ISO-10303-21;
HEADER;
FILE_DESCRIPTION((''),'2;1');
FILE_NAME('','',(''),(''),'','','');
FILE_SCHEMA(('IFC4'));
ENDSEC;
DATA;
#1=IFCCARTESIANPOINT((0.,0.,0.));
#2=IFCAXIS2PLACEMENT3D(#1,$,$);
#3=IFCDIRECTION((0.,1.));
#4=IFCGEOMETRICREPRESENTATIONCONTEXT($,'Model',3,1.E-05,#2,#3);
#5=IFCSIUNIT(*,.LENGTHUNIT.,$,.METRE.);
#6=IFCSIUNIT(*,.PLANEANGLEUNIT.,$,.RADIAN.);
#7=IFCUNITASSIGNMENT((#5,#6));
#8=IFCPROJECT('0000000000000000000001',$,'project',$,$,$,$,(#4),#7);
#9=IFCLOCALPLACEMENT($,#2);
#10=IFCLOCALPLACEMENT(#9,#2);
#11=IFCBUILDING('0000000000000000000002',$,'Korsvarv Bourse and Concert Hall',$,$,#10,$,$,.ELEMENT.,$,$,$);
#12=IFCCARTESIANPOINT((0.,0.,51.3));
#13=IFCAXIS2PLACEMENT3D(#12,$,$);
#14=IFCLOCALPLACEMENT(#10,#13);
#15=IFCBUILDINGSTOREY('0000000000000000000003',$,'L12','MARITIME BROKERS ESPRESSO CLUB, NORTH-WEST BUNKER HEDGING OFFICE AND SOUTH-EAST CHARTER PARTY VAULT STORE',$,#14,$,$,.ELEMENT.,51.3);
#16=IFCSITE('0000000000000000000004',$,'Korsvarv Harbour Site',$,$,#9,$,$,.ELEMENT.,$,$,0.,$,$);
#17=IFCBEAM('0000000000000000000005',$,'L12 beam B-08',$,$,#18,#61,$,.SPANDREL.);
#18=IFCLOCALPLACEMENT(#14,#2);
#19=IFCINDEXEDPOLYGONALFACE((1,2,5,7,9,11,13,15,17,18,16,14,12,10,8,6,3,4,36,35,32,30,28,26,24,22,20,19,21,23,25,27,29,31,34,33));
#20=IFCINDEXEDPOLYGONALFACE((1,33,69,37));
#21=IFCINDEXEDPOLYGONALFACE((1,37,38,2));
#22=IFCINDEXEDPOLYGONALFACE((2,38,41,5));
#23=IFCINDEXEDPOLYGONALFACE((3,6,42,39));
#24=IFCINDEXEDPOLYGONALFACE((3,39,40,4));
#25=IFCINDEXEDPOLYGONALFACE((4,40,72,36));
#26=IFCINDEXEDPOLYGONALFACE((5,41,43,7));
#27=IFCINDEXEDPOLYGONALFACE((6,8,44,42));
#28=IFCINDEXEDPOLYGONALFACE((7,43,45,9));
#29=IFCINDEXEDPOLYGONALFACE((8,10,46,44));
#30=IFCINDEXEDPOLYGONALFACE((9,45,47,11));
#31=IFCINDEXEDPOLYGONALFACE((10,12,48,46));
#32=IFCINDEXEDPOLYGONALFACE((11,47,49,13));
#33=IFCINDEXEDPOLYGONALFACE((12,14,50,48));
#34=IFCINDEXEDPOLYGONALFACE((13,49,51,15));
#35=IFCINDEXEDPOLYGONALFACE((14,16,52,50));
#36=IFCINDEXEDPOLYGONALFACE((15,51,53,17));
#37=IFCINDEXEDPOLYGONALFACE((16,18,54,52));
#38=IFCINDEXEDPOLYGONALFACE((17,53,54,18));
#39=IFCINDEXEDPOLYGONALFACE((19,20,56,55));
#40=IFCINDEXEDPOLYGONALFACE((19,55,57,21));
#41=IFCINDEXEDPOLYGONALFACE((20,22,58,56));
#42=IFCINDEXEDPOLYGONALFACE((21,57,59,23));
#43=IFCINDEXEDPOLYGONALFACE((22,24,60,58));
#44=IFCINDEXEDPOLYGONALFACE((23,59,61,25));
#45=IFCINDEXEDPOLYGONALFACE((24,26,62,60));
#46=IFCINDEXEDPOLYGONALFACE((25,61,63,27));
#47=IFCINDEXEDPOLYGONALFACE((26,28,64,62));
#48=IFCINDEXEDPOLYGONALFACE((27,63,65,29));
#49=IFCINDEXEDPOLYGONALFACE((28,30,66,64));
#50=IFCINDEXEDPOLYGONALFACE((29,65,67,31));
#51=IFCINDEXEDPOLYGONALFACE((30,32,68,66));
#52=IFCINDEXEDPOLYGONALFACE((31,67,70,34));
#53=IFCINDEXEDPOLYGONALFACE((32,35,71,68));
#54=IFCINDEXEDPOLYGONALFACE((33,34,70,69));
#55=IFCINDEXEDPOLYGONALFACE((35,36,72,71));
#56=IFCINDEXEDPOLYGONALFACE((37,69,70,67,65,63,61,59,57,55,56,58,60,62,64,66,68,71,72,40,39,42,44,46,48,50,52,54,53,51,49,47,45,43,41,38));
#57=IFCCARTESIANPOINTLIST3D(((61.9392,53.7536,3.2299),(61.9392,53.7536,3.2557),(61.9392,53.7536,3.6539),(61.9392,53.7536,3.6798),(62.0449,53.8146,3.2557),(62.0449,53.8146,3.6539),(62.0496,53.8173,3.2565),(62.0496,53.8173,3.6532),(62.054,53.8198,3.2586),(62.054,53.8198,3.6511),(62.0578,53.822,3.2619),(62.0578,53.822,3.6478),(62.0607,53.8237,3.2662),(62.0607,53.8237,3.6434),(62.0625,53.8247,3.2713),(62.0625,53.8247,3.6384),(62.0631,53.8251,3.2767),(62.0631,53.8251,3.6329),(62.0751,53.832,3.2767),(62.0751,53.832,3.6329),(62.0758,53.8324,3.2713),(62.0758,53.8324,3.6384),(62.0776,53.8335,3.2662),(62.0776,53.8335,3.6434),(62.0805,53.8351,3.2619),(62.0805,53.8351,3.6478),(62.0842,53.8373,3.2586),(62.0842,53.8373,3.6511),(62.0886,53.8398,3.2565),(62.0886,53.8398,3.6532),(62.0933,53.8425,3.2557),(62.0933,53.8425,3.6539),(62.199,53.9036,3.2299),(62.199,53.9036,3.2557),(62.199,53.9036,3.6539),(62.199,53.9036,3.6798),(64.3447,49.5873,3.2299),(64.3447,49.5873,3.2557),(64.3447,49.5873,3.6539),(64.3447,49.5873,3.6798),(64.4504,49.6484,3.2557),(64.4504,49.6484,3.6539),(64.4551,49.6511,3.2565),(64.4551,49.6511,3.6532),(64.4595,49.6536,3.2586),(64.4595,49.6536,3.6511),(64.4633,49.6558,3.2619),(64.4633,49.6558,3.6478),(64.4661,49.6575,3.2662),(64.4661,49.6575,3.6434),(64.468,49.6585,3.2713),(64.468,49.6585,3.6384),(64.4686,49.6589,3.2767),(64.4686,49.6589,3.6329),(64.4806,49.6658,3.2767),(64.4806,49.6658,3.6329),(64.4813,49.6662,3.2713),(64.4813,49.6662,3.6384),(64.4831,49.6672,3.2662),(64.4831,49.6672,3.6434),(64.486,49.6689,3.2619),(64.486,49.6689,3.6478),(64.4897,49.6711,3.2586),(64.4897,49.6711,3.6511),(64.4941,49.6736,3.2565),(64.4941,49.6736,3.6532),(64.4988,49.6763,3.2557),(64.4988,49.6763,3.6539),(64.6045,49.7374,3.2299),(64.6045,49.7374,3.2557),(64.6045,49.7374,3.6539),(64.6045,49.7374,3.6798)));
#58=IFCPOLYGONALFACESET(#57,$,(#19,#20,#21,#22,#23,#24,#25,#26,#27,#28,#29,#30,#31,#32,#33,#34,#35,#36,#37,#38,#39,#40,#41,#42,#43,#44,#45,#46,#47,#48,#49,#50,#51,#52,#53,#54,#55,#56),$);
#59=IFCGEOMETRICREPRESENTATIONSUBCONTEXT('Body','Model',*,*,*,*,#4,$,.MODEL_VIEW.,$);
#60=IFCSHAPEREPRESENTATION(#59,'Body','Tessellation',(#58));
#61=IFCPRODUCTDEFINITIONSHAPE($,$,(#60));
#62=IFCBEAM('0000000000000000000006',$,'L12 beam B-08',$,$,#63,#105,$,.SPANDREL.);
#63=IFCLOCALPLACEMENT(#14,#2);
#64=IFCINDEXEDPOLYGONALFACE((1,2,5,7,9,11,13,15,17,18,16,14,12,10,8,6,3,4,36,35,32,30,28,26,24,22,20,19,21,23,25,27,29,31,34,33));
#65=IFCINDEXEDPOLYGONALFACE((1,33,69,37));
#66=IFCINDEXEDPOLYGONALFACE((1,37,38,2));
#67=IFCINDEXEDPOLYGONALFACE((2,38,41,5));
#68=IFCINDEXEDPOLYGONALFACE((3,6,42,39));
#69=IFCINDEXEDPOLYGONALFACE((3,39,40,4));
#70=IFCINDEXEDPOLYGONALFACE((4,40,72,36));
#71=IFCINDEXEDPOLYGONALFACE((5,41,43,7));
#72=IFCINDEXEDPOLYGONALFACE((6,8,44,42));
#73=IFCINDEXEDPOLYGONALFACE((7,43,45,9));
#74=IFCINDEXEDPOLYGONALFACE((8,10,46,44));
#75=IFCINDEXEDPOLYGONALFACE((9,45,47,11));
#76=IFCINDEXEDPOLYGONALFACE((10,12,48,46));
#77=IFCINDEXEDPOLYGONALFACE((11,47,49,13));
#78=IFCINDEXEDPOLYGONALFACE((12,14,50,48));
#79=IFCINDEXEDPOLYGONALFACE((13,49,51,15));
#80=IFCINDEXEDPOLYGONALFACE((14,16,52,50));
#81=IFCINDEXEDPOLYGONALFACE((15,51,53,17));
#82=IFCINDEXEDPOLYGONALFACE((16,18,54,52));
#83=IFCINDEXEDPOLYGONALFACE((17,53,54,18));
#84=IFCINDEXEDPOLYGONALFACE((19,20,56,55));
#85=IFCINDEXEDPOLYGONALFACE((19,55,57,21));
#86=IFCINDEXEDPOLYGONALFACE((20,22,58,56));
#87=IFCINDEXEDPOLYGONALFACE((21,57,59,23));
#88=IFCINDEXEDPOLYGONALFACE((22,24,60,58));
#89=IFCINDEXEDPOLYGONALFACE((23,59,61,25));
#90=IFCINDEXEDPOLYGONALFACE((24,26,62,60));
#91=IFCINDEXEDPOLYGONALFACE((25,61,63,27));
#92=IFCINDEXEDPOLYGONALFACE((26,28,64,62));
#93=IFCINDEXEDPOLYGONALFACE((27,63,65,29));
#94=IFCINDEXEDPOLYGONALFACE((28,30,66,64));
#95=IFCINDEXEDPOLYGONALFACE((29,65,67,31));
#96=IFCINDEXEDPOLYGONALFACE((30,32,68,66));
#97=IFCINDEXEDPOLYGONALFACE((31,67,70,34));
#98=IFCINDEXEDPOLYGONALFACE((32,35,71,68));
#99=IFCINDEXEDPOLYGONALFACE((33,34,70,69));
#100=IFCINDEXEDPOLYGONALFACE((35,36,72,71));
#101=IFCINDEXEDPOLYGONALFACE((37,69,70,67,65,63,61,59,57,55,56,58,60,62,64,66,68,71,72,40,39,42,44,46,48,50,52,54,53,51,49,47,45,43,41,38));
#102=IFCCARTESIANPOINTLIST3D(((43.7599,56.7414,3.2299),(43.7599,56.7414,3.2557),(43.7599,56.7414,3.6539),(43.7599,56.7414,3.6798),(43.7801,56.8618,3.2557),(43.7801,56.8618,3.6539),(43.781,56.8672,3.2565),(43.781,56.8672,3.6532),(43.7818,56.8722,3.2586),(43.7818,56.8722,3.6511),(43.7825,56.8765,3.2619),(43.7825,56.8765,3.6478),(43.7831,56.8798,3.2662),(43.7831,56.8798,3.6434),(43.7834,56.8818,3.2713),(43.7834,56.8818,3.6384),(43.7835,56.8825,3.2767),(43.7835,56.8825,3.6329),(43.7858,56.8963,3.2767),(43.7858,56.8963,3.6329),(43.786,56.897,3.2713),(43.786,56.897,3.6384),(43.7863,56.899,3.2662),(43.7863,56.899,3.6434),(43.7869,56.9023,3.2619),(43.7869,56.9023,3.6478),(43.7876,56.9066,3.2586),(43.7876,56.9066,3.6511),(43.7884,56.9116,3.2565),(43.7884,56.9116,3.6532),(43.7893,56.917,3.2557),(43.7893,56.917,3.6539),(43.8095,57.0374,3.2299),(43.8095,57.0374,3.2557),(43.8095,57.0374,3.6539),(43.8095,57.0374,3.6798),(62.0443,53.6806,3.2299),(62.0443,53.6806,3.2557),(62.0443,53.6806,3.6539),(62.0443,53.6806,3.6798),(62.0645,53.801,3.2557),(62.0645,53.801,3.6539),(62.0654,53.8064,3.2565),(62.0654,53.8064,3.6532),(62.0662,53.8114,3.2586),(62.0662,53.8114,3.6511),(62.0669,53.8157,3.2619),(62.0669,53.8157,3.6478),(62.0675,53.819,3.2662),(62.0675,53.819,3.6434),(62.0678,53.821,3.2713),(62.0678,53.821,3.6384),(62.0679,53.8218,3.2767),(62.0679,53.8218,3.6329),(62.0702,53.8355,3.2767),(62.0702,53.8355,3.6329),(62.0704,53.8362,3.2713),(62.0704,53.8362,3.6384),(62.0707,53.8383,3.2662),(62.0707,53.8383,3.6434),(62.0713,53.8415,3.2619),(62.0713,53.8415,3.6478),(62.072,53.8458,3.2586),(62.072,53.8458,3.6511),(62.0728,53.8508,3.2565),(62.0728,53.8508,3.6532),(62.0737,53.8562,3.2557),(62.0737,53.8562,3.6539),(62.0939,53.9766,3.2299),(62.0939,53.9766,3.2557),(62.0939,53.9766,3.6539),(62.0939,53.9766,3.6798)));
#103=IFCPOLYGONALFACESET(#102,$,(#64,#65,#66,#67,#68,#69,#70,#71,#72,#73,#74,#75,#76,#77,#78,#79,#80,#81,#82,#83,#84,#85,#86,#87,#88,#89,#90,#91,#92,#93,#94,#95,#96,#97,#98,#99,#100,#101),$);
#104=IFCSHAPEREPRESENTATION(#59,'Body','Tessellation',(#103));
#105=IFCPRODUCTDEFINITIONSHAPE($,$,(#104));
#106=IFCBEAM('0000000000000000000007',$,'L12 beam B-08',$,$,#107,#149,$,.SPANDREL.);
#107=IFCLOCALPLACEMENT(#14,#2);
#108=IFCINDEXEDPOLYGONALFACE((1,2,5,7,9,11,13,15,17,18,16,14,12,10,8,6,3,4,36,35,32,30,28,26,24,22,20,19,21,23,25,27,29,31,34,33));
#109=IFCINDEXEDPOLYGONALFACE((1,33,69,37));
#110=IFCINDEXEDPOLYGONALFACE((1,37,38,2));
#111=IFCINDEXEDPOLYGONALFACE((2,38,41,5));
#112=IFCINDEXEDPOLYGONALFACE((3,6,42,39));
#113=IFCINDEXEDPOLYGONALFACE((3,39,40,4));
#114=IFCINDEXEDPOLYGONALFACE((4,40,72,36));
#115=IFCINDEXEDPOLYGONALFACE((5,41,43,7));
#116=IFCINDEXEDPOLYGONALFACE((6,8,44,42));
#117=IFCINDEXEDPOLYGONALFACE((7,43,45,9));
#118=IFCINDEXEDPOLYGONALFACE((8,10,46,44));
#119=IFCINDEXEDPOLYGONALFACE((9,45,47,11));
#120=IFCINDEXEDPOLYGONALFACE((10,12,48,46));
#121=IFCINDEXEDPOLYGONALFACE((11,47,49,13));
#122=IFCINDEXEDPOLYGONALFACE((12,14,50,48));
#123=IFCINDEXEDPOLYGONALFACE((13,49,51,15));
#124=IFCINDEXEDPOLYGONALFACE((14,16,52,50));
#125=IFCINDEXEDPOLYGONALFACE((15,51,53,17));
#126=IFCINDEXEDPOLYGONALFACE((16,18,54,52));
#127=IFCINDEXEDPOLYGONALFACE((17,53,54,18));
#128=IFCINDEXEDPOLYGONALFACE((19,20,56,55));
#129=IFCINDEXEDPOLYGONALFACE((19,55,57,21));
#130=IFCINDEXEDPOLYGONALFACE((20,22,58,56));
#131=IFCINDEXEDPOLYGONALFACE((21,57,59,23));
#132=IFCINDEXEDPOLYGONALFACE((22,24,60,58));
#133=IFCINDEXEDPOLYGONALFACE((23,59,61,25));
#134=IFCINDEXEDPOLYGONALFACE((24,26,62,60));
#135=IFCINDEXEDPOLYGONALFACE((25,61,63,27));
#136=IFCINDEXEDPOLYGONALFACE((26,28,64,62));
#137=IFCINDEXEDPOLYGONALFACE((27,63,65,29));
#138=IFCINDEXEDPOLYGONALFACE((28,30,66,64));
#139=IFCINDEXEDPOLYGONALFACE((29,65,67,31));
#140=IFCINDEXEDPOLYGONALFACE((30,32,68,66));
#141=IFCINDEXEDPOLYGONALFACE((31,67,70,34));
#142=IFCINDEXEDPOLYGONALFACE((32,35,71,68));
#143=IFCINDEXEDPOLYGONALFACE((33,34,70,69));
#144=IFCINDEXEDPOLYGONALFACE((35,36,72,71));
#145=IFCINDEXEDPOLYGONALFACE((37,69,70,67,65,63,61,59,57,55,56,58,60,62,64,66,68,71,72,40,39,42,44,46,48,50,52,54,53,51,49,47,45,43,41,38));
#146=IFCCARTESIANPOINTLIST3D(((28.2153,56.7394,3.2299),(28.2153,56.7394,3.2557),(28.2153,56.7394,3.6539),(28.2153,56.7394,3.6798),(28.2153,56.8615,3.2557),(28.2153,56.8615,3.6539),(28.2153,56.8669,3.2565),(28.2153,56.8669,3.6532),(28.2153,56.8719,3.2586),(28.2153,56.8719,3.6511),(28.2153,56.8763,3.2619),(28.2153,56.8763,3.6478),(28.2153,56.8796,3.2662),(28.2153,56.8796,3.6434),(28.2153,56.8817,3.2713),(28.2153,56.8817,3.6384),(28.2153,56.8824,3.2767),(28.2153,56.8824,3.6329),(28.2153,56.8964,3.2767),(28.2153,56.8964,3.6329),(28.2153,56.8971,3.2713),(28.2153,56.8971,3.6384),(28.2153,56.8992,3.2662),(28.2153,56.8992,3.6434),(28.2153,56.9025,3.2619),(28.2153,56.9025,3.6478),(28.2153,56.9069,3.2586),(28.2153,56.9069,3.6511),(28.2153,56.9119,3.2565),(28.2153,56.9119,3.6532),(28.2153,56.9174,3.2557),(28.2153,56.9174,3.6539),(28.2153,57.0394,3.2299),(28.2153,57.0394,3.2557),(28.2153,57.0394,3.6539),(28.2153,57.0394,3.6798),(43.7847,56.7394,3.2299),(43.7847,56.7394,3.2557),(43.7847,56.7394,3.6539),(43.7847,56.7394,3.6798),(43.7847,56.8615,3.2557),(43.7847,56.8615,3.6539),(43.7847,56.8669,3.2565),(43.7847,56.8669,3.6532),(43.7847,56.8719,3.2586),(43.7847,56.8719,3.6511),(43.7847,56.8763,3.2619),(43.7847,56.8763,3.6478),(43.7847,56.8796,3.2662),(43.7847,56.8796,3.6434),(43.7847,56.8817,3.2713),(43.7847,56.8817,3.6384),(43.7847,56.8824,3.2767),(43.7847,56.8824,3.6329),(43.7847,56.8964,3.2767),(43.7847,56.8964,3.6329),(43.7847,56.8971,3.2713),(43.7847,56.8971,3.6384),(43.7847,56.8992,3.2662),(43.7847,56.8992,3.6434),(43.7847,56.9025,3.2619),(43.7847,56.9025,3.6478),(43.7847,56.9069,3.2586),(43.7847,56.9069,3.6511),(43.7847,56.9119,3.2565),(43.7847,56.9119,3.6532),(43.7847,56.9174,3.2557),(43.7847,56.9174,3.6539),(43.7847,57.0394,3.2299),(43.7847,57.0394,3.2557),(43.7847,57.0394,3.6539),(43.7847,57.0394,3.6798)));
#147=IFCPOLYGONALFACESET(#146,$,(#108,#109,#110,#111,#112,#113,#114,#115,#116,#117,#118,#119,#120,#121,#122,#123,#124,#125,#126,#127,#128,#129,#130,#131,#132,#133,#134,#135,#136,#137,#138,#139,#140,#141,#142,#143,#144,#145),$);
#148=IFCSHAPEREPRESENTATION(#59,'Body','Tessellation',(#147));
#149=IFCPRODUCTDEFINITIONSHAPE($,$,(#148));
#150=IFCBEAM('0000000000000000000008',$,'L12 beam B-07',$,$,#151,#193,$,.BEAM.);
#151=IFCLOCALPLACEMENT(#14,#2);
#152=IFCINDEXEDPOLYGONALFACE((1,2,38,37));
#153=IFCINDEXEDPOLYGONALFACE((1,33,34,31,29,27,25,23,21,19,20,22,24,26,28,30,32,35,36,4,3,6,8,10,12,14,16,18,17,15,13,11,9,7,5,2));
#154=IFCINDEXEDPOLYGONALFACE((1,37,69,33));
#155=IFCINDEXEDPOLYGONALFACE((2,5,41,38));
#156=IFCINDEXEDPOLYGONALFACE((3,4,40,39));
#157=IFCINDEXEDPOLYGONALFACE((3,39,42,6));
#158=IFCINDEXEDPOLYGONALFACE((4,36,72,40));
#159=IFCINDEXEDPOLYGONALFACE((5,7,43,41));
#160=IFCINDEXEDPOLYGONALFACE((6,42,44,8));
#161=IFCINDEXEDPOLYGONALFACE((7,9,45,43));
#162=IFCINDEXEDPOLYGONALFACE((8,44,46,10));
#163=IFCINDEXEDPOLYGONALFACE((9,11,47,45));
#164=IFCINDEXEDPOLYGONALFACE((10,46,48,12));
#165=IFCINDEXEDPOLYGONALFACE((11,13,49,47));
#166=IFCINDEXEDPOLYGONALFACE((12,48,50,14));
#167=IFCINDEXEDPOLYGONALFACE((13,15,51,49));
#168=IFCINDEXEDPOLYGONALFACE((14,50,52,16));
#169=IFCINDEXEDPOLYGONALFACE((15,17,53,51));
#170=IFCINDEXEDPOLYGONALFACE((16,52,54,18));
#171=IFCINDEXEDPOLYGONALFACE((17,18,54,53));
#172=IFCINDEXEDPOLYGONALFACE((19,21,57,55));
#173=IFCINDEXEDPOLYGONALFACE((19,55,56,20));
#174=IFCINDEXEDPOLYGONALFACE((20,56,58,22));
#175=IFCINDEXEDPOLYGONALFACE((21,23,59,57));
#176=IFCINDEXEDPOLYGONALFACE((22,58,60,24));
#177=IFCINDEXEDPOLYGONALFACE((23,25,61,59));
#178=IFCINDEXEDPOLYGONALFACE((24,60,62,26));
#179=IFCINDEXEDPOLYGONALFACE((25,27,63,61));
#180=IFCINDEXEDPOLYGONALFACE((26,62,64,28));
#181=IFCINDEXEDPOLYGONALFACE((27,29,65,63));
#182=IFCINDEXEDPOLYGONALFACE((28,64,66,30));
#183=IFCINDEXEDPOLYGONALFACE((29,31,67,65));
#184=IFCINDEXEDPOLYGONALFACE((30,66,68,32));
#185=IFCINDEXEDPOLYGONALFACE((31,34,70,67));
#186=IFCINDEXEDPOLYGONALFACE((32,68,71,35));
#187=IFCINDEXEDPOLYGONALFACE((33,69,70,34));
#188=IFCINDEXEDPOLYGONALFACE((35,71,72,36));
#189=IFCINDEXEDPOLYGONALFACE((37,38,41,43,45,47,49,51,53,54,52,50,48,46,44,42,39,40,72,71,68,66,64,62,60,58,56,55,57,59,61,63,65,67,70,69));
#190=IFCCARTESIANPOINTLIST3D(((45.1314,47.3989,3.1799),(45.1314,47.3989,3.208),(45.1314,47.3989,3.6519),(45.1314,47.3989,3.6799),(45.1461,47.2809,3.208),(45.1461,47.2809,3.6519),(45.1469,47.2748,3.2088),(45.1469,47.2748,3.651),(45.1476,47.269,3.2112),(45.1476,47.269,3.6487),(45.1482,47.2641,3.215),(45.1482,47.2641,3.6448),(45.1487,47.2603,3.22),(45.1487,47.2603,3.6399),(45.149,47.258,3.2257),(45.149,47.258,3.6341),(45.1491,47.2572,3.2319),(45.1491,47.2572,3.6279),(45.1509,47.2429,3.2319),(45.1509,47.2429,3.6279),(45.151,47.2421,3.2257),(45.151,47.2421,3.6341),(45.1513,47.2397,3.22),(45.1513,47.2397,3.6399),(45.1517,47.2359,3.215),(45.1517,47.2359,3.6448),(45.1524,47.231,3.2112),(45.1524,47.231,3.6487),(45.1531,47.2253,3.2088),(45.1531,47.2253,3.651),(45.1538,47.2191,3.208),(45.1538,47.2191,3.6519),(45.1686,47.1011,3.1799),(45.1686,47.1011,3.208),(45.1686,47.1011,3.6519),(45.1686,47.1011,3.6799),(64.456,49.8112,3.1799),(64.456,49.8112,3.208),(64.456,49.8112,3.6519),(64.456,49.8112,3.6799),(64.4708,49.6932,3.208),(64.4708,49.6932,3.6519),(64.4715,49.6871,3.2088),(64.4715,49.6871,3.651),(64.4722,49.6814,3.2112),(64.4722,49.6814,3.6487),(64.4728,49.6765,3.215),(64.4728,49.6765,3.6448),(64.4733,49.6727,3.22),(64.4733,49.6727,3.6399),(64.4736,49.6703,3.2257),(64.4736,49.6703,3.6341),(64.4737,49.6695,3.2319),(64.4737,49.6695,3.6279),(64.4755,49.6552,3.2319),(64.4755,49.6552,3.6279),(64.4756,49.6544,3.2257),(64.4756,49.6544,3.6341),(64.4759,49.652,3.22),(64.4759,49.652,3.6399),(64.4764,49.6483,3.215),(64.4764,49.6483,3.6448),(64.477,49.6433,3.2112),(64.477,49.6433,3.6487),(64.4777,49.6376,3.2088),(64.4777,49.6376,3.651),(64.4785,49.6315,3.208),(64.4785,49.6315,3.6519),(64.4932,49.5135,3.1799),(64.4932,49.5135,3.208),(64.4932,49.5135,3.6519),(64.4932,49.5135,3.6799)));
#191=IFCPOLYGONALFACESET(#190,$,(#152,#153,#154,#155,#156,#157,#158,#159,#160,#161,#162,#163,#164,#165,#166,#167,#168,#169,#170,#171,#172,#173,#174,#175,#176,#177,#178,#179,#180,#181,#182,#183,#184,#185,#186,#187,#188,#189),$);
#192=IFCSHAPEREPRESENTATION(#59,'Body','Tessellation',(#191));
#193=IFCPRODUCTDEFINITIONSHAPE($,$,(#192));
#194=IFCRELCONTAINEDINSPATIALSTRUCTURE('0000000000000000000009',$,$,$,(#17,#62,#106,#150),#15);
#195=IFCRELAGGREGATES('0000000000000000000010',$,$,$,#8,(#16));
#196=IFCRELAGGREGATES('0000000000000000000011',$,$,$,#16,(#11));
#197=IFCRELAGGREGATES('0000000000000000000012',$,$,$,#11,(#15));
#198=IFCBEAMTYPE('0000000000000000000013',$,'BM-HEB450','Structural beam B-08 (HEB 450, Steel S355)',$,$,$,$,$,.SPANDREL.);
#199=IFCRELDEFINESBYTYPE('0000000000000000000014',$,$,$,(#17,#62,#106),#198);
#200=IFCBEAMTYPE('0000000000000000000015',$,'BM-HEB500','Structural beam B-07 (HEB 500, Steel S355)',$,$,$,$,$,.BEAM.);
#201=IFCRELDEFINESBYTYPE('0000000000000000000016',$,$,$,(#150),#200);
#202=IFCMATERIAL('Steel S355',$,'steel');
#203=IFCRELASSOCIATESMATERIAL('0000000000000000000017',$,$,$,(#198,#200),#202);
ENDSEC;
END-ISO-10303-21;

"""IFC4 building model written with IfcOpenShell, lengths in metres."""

from ifc_helpers import new_model, si_unit, direction, frame, origin, origin_2d, place, context, subcontext, project, spatial, i_section, extrude, source, transform, mapped, material, material_profile, profile_set, type_object, element, save


model = new_model("IFC4")

# Units and contexts
model_context = context("Model", 3, precision=1e-05, world=origin(), true_north=direction((0.0, 1.0)))
body_context = subcontext(model_context, "Body", "Model", "MODEL_VIEW")
ifc_project = project(units=[si_unit("LENGTHUNIT", "METRE"), si_unit("PLANEANGLEUNIT", "RADIAN")], contexts=[model_context])

# Site, building, storey
site_placement = place(None, origin())
site = spatial("IfcSite", under=ifc_project, at=site_placement, Name="Korsvarv Harbour Site", CompositionType="ELEMENT", RefElevation=0.0)
building_placement = place(site_placement, origin())
building = spatial("IfcBuilding", under=site, at=building_placement, Name="Korsvarv Bourse and Concert Hall", CompositionType="ELEMENT")
storey_placement = place(building_placement, frame((0.0, 0.0, 51.3)))
storey = spatial("IfcBuildingStorey", under=building, at=storey_placement, Name="L12", Description="MARITIME BROKERS ESPRESSO CLUB, NORTH-WEST BUNKER HEDGING OFFICE AND SOUTH-EAST CHARTER PARTY VAULT STORE", CompositionType="ELEMENT", Elevation=51.3)

# Beams
ifc_material_1 = material(Name="Steel S355", Category="steel")
ifc_material_profile_1 = material_profile(ifc_material_1, i_section(OverallWidth=0.3, OverallDepth=0.45, WebThickness=0.0139, FlangeThickness=0.0259, FilletRadius=0.021, at=origin_2d()), Name="HEB 450")
ifc_profile_set_1 = profile_set([ifc_material_profile_1], Name="Steel S355")
beam_type_1 = type_object("IfcBeamType", Name="BM-HEB450", Description="Structural beam B-08 (HEB 450, Steel S355)", PredefinedType="SPANDREL", material=ifc_profile_set_1)
shared_shape_1 = source(origin(), body_context, "Body", "SweptSolid", [
    extrude(i_section(OverallWidth=0.3, OverallDepth=0.45, WebThickness=0.0139, FlangeThickness=0.0259, FilletRadius=0.021, at=origin_2d()), origin(), (0.0, 0.0, 1.0), 4.8108),
])
beam_1_placement = place(storey_placement, frame((64.4746, 49.6624, 3.4548), z_axis=(-0.50002, 0.866014, 0.0), x_axis=(-0.866014, -0.50002, 0.0)))
element("IfcBeam", 1, at=beam_1_placement, inside=storey, type_object=beam_type_1, Name="L12 beam B-08", PredefinedType="SPANDREL", context=body_context, shape_type="MappedRepresentation", body=[
    mapped(shared_shape_1, transform((0.0, 0.0, 0.0), scale=1.0)),
])
shared_shape_2 = source(origin(), body_context, "Body", "SweptSolid", [
    extrude(i_section(OverallWidth=0.3, OverallDepth=0.45, WebThickness=0.0139, FlangeThickness=0.0259, FilletRadius=0.021, at=origin_2d()), origin(), (0.0, 0.0, 1.0), 18.5388),
])
beam_2_placement = place(storey_placement, frame((62.0691, 53.8286, 3.4548), z_axis=(-0.986277, 0.165102, 0.0), x_axis=(-0.165102, -0.986277, 0.0)))
element("IfcBeam", 2, at=beam_2_placement, inside=storey, type_object=beam_type_1, Name="L12 beam B-08", PredefinedType="SPANDREL", context=body_context, shape_type="MappedRepresentation", body=[
    mapped(shared_shape_2, transform((0.0, 0.0, 0.0), scale=1.0)),
])
shared_shape_3 = source(origin(), body_context, "Body", "SweptSolid", [
    extrude(i_section(OverallWidth=0.3, OverallDepth=0.45, WebThickness=0.0139, FlangeThickness=0.0259, FilletRadius=0.021, at=origin_2d()), origin(), (0.0, 0.0, 1.0), 15.5693),
])
beam_3_placement = place(storey_placement, frame((43.7847, 56.8894, 3.4548), z_axis=(-1.0, 0.0, 0.0), x_axis=(0.0, -1.0, 0.0)))
element("IfcBeam", 3, at=beam_3_placement, inside=storey, type_object=beam_type_1, Name="L12 beam B-08", PredefinedType="SPANDREL", context=body_context, shape_type="MappedRepresentation", body=[
    mapped(shared_shape_3, transform((0.0, 0.0, 0.0), scale=1.0)),
])
ifc_material_profile_2 = material_profile(ifc_material_1, i_section(OverallWidth=0.3, OverallDepth=0.5, WebThickness=0.0144, FlangeThickness=0.0281, FilletRadius=0.0239, at=origin_2d()), Name="HEB 500")
ifc_profile_set_2 = profile_set([ifc_material_profile_2], Name="Steel S355")
beam_type_2 = type_object("IfcBeamType", Name="BM-HEB500", Description="Structural beam B-07 (HEB 500, Steel S355)", PredefinedType="BEAM", material=ifc_profile_set_2)
shared_shape_4 = source(origin(), body_context, "Body", "SweptSolid", [
    extrude(i_section(OverallWidth=0.3, OverallDepth=0.5, WebThickness=0.0144, FlangeThickness=0.0281, FilletRadius=0.0239, at=origin_2d()), origin(), (0.0, 0.0, 1.0), 19.4746),
])
beam_4_placement = place(storey_placement, frame((64.4746, 49.6624, 3.4299), z_axis=(-0.992298, -0.123871, 0.0), x_axis=(0.123871, -0.992298, 0.0)))
element("IfcBeam", 4, at=beam_4_placement, inside=storey, type_object=beam_type_2, Name="L12 beam B-07", PredefinedType="BEAM", context=body_context, shape_type="MappedRepresentation", body=[
    mapped(shared_shape_4, transform((0.0, 0.0, 0.0), scale=1.0)),
])

save(model, "model.ifc")
